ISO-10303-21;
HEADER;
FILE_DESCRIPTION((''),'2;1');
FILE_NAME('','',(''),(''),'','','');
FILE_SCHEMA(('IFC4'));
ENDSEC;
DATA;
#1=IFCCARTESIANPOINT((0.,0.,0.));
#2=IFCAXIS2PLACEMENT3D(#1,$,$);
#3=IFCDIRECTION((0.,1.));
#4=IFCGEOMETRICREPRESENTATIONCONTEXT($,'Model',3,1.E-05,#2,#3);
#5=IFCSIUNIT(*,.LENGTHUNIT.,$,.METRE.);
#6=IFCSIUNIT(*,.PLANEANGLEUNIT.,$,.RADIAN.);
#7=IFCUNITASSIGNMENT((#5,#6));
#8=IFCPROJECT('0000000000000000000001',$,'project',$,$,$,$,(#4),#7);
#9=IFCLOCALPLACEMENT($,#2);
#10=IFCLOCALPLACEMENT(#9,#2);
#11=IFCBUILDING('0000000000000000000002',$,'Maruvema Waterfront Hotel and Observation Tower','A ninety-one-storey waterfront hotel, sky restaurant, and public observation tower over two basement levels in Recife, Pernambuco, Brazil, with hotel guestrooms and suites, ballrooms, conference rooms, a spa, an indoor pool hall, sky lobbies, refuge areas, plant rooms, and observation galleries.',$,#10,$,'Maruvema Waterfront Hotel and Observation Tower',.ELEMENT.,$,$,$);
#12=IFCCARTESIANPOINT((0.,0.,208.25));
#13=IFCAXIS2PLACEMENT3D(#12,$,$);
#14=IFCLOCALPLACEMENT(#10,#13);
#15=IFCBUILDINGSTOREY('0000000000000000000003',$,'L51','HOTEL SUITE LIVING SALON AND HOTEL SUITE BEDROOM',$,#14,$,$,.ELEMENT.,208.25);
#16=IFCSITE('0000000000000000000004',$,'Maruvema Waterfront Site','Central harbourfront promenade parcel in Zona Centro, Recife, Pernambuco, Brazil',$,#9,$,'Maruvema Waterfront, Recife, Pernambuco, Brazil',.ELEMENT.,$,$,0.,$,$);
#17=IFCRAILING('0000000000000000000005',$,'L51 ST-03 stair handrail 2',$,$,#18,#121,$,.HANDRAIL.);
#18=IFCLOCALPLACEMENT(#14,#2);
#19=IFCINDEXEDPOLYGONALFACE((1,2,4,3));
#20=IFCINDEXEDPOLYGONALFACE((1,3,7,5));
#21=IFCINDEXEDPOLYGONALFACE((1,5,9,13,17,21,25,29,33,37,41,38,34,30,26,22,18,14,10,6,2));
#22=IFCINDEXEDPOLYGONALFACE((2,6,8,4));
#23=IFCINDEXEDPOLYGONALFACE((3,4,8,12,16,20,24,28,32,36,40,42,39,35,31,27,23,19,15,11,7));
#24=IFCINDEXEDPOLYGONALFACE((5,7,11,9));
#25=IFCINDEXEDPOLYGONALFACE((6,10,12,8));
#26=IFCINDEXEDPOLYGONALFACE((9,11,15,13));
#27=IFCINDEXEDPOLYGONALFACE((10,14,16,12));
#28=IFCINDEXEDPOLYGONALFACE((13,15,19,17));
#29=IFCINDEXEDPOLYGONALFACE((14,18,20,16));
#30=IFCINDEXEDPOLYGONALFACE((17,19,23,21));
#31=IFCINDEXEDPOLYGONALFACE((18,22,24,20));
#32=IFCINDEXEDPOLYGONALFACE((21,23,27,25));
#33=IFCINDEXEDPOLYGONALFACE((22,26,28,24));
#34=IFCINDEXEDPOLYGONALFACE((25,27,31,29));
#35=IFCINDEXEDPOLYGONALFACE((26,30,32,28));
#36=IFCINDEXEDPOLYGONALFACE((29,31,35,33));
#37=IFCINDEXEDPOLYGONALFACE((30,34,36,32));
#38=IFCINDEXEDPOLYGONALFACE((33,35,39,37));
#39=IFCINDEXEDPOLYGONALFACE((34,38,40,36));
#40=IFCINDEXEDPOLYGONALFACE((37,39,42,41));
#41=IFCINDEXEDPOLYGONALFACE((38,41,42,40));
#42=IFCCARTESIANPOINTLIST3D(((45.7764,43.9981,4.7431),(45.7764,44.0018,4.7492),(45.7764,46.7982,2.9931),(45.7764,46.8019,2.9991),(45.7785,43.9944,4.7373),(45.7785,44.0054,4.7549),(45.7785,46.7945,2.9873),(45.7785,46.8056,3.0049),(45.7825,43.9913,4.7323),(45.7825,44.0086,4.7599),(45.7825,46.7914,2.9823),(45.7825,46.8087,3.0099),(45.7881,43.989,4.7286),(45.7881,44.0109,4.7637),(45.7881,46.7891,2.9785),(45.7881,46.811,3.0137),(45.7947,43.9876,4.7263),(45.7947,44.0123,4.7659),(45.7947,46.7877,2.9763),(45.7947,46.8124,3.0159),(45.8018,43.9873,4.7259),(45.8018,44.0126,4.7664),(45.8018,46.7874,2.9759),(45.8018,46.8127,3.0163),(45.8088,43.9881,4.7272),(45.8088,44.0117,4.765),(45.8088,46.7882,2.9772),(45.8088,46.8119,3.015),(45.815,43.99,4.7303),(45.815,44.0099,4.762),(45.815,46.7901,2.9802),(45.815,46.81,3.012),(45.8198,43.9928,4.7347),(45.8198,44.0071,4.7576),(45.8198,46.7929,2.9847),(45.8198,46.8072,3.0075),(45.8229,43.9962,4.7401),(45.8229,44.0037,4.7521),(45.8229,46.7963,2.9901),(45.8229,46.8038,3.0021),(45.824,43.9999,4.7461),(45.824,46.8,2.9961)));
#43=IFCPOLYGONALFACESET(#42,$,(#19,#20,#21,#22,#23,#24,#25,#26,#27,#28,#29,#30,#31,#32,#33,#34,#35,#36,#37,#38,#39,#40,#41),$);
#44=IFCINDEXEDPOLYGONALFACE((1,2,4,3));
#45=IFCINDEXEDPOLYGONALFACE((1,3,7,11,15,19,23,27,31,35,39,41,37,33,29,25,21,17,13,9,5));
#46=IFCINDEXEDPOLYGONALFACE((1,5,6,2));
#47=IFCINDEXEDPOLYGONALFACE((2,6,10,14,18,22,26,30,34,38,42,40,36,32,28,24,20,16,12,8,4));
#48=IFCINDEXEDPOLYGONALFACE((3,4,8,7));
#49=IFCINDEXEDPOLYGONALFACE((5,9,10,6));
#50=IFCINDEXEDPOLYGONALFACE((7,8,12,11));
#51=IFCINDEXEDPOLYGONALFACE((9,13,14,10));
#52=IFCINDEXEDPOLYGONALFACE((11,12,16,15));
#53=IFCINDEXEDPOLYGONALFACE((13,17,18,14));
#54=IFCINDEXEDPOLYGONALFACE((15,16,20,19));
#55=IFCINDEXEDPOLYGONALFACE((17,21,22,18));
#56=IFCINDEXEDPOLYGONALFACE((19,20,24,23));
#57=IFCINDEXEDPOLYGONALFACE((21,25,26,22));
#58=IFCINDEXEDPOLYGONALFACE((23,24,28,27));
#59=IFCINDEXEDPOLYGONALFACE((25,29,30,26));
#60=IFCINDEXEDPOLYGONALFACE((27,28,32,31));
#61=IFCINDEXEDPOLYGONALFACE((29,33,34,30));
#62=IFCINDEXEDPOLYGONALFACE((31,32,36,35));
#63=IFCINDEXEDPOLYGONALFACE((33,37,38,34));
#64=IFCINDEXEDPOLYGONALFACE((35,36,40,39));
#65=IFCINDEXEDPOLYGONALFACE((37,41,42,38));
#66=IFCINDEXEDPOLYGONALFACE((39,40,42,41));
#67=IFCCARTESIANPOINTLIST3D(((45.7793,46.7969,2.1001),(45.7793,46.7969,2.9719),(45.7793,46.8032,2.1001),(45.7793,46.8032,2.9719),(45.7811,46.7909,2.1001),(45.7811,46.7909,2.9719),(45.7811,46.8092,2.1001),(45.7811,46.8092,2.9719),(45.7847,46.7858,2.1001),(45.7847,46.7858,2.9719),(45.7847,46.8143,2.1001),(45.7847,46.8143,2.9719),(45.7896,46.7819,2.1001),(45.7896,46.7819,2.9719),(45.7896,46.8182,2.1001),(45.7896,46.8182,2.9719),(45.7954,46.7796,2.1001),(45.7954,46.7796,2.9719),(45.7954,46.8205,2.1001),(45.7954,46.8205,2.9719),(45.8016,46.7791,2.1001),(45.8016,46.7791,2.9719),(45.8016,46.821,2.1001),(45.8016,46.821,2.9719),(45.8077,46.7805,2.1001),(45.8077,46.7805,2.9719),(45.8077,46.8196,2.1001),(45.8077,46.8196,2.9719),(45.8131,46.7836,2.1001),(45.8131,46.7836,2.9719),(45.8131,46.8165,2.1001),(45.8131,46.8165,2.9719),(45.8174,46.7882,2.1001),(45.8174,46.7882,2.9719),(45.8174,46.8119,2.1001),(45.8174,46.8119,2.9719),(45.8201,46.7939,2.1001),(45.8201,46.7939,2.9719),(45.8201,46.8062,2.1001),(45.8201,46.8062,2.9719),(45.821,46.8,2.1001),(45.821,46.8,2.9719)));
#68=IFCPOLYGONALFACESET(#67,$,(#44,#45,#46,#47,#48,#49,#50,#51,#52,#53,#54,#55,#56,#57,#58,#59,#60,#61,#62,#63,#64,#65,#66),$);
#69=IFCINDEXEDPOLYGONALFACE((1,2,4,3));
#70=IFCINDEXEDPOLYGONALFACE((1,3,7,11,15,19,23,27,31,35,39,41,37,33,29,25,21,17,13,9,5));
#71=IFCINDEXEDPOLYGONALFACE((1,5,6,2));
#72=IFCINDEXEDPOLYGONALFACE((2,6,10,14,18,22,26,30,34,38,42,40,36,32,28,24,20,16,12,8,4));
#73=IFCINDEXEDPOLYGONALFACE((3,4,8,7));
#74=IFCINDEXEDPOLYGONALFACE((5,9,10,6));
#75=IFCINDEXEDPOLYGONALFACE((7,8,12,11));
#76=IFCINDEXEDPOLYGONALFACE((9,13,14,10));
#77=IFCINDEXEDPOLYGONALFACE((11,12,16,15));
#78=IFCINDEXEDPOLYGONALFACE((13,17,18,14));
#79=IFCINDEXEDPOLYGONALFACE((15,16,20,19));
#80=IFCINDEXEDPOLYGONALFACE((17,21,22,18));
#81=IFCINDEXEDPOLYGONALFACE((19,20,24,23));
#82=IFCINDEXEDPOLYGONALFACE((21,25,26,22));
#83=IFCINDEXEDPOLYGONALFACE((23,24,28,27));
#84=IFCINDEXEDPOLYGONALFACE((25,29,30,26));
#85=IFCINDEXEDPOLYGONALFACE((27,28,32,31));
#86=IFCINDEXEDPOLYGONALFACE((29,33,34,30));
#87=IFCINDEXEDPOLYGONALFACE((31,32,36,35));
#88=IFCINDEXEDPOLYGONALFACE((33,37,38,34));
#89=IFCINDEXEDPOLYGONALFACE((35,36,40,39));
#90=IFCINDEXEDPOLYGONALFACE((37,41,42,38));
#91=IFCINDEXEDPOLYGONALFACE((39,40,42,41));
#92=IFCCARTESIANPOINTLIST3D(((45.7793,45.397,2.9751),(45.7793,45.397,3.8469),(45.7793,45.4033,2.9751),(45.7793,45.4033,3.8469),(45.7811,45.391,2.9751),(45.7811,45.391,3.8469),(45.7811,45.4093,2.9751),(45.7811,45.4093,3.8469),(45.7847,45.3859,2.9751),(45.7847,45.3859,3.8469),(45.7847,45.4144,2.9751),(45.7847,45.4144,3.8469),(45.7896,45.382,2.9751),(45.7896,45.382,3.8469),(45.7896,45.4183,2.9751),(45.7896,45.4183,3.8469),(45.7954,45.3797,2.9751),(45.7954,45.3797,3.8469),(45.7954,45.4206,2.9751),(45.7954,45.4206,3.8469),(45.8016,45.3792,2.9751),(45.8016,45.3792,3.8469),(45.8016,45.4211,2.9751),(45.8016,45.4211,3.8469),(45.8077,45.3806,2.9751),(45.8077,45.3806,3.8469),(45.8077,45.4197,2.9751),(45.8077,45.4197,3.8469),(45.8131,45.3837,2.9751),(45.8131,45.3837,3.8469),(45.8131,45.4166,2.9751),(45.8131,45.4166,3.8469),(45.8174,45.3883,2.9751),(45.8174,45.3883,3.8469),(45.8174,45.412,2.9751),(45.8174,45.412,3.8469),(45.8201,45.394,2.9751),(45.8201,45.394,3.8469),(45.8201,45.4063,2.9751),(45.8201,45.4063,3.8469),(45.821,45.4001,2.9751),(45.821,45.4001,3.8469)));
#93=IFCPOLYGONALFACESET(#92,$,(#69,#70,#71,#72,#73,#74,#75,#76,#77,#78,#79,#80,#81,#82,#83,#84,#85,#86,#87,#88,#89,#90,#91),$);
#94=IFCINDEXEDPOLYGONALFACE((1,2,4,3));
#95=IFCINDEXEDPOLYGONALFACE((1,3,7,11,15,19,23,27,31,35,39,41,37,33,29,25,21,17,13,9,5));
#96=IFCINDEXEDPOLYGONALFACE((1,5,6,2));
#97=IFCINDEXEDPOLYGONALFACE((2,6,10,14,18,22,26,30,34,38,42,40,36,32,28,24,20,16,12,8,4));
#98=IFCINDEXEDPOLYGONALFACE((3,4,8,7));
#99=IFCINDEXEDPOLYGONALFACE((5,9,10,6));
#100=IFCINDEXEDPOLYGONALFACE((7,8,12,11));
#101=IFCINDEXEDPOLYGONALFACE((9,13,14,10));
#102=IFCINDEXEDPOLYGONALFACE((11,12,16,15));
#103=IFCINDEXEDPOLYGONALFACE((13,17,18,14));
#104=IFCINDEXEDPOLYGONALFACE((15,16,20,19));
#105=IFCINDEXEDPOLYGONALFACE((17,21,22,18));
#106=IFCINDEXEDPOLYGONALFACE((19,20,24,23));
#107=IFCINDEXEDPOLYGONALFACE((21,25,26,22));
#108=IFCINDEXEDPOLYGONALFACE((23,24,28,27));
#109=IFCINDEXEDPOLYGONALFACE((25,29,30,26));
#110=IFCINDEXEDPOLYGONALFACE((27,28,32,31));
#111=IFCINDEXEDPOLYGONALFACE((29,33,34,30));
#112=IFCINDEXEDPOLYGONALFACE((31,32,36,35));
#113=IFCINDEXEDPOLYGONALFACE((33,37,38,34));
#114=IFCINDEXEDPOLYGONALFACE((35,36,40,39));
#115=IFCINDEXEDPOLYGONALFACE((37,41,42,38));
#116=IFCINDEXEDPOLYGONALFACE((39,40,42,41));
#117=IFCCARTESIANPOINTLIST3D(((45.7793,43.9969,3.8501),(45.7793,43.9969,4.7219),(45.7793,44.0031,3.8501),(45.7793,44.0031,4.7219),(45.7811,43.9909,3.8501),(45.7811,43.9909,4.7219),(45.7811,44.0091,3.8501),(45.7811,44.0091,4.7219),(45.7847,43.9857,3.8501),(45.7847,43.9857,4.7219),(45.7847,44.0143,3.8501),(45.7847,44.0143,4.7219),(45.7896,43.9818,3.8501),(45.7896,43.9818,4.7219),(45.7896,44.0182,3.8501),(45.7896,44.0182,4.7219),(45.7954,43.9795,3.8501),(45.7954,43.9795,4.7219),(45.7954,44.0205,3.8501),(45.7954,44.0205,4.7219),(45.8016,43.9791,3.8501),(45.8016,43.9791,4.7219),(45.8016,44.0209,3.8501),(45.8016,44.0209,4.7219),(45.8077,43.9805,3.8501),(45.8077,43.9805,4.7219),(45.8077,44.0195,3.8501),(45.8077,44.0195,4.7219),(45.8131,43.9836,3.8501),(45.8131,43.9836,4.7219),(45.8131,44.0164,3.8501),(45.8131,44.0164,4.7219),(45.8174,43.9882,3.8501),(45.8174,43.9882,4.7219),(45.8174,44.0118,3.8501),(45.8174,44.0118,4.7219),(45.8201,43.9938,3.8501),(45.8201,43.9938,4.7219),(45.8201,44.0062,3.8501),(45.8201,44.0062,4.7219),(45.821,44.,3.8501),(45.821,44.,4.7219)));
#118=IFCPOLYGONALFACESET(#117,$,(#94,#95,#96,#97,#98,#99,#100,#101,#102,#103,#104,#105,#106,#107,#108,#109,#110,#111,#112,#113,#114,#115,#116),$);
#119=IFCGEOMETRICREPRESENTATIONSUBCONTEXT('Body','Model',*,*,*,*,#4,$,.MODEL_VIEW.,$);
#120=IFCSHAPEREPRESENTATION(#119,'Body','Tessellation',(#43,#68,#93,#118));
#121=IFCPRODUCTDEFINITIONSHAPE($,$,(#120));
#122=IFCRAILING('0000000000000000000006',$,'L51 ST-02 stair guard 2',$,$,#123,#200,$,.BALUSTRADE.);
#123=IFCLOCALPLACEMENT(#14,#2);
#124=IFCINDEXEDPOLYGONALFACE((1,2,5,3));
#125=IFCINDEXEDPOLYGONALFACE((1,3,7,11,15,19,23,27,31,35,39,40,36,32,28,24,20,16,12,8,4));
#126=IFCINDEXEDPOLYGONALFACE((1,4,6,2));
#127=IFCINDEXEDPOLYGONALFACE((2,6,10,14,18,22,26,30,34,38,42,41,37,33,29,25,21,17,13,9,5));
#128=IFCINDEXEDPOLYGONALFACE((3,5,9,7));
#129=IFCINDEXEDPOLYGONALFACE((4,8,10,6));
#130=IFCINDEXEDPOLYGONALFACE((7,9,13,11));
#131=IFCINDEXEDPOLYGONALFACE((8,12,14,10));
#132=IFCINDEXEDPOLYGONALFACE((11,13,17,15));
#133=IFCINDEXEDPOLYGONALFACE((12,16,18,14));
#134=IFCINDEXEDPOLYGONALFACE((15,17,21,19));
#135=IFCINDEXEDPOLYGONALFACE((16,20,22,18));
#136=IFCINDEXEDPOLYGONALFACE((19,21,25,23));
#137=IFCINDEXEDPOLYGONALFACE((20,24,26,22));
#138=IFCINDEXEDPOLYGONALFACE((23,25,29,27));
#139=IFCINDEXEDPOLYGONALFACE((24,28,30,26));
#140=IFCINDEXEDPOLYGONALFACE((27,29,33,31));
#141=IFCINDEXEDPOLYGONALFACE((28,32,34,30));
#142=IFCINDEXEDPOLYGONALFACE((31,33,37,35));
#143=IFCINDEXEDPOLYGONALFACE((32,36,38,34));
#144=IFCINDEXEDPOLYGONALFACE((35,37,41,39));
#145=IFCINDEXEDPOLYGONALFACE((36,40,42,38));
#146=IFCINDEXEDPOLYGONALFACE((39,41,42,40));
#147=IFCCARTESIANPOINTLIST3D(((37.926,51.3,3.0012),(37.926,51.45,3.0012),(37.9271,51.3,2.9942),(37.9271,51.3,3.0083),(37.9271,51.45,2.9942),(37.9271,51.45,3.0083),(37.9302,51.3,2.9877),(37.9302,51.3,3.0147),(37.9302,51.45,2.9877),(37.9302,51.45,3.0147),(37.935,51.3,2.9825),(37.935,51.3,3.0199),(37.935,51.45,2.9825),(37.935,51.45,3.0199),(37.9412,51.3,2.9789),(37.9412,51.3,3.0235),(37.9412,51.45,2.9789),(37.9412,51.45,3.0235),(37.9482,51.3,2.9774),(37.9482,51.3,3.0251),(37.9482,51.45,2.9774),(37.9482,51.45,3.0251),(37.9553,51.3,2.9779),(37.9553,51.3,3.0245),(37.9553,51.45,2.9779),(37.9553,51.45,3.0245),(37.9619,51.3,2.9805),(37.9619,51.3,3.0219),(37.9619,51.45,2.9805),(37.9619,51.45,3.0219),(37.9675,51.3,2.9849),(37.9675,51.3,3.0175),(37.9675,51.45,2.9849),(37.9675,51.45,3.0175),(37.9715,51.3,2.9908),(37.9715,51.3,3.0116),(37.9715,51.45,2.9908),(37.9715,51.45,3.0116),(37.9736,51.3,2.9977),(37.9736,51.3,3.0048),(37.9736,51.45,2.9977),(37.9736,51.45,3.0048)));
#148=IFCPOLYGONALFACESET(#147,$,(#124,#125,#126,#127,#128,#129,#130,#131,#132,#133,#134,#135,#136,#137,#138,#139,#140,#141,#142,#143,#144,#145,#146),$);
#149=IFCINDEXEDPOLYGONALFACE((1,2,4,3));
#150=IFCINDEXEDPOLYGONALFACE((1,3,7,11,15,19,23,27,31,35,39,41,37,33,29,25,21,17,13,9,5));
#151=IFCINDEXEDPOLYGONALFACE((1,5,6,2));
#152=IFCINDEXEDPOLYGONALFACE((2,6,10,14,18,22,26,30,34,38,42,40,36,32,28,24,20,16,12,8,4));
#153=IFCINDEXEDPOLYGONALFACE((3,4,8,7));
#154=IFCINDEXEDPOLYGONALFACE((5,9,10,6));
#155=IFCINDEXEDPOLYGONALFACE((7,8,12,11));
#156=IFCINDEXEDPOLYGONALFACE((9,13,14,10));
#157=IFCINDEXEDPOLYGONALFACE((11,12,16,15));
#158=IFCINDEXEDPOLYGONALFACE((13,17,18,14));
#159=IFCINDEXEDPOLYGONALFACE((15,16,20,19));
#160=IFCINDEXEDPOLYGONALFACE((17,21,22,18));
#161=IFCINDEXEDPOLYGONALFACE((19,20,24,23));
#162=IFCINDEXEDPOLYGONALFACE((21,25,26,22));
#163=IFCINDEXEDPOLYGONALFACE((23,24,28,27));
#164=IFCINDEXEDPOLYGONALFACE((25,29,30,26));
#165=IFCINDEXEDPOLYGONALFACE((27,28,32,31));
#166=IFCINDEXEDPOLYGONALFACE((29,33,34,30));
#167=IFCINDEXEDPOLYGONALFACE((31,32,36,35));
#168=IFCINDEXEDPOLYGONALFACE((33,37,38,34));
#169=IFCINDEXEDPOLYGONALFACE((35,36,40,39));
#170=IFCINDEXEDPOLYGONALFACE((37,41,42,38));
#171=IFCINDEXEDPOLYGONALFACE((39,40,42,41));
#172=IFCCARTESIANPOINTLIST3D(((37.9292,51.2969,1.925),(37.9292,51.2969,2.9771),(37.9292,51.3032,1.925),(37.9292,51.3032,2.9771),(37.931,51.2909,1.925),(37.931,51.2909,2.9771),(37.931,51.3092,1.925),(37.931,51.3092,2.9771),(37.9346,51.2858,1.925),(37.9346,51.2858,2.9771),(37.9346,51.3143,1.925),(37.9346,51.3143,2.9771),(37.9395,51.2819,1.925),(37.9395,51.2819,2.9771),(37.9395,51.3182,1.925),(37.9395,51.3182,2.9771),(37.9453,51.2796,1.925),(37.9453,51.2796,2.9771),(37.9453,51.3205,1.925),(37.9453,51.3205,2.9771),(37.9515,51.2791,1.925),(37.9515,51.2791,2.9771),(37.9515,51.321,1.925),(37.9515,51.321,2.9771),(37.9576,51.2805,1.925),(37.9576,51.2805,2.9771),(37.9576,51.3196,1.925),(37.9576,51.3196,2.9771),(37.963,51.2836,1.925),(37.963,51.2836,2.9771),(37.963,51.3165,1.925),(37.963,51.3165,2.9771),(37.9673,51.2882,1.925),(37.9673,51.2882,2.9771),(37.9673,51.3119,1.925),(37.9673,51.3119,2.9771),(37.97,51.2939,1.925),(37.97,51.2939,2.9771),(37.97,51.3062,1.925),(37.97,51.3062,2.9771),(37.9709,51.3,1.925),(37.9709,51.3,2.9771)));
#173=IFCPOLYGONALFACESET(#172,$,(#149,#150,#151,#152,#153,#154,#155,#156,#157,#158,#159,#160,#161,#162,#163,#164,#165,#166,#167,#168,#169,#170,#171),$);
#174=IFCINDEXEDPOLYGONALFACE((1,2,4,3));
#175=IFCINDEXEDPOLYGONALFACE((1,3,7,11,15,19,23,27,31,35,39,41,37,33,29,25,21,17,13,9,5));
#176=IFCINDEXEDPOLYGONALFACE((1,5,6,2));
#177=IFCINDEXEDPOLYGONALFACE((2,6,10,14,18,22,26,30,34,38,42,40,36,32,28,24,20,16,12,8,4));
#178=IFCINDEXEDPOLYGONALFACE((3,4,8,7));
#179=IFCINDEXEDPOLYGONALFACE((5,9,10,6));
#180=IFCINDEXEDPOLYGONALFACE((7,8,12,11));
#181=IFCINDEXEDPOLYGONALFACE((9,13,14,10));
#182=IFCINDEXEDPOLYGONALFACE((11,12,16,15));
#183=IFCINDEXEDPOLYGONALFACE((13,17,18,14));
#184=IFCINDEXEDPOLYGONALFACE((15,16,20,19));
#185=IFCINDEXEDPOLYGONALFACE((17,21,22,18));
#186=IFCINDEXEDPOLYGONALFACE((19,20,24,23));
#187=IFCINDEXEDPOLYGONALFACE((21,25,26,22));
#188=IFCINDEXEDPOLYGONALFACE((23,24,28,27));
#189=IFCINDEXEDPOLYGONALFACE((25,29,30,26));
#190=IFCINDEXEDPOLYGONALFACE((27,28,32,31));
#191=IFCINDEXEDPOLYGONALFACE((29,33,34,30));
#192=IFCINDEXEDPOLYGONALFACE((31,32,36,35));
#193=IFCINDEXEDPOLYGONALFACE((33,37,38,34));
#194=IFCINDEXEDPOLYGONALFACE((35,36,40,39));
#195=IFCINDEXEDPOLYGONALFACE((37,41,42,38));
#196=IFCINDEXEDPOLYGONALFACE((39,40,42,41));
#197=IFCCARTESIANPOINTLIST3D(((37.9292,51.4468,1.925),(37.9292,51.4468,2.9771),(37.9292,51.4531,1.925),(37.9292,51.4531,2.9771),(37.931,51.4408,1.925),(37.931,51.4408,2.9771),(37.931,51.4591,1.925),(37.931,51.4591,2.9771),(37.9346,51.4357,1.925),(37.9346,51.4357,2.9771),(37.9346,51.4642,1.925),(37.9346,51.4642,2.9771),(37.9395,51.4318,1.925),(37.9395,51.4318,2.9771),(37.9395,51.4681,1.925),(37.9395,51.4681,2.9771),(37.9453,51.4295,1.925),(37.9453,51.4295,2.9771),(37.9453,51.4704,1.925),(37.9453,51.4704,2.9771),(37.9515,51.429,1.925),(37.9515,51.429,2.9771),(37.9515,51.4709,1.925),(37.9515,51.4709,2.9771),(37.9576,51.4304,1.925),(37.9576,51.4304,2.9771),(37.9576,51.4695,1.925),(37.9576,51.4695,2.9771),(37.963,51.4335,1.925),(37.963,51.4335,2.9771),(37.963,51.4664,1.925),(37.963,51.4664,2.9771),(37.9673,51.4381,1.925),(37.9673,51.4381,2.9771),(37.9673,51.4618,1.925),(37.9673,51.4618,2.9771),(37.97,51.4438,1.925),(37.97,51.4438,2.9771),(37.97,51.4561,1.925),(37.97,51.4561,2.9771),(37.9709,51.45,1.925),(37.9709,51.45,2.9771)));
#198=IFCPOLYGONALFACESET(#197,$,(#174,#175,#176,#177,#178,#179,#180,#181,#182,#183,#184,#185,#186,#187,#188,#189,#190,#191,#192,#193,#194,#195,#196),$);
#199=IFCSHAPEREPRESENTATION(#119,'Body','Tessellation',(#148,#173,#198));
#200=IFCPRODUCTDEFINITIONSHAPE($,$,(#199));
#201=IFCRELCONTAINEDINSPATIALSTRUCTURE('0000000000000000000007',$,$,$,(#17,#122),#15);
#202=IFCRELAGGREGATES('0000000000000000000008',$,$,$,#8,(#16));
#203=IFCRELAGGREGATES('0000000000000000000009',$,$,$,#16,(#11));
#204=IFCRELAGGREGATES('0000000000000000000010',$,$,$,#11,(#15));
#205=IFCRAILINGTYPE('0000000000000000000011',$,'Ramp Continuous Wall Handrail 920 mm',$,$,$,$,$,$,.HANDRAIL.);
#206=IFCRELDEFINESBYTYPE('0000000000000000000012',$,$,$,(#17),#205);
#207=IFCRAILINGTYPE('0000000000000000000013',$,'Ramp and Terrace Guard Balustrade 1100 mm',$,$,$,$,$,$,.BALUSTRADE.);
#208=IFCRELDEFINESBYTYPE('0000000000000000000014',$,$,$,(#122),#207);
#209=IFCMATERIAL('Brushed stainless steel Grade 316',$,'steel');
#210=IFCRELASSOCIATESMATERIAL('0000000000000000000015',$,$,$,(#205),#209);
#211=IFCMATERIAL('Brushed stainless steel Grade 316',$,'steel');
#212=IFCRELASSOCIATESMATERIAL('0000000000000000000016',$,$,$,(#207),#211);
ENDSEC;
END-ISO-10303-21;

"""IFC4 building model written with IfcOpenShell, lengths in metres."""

from ifc_helpers import new_model, si_unit, direction, frame, origin, origin_2d, place, context, subcontext, project, spatial, circle, extrude, material, type_object, element, save


model = new_model("IFC4")

# Units and contexts
model_context = context("Model", 3, precision=1e-05, world=origin(), true_north=direction((0.0, 1.0)))
body_context = subcontext(model_context, "Body", "Model", "MODEL_VIEW")
ifc_project = project(units=[si_unit("LENGTHUNIT", "METRE"), si_unit("PLANEANGLEUNIT", "RADIAN")], contexts=[model_context])

# Site, building, storey
site_placement = place(None, origin())
site = spatial("IfcSite", under=ifc_project, at=site_placement, Name="Maruvema Waterfront Site", Description="Central harbourfront promenade parcel in Zona Centro, Recife, Pernambuco, Brazil", LongName="Maruvema Waterfront, Recife, Pernambuco, Brazil", CompositionType="ELEMENT", RefElevation=0.0)
building_placement = place(site_placement, origin())
building = spatial("IfcBuilding", under=site, at=building_placement, Name="Maruvema Waterfront Hotel and Observation Tower", Description="A ninety-one-storey waterfront hotel, sky restaurant, and public observation tower over two basement levels in Recife, Pernambuco, Brazil, with hotel guestrooms and suites, ballrooms, conference rooms, a spa, an indoor pool hall, sky lobbies, refuge areas, plant rooms, and observation galleries.", LongName="Maruvema Waterfront Hotel and Observation Tower", CompositionType="ELEMENT")
storey_placement = place(building_placement, frame((0.0, 0.0, 208.25)))
storey = spatial("IfcBuildingStorey", under=building, at=storey_placement, Name="L51", Description="HOTEL SUITE LIVING SALON AND HOTEL SUITE BEDROOM", CompositionType="ELEMENT", Elevation=208.25)

# Railings
ifc_material_1 = material(Name="Brushed stainless steel Grade 316", Category="steel")
railing_type_1 = type_object("IfcRailingType", Name="Ramp Continuous Wall Handrail 920 mm", PredefinedType="HANDRAIL", material=ifc_material_1)
railing_1_placement = place(storey_placement, frame((45.8, 46.8, 2.1001)))
element("IfcRailing", 1, at=railing_1_placement, inside=storey, type_object=railing_type_1, Name="L51 ST-03 stair handrail 2", PredefinedType="HANDRAIL", context=body_context, shape_type="SweptSolid", body=[
    extrude(circle(Radius=0.0239, at=origin_2d()), frame((0.0, 0.0, 0.896), z_axis=(0.0, -0.848002, 0.529992), x_axis=(1.0, 0.0, 0.0)), (0.0, 0.0, 1.0), 3.302),
    extrude(circle(Radius=0.021, at=origin_2d()), origin(), (0.0, 0.0, 1.0), 0.8718),
    extrude(circle(Radius=0.021, at=origin_2d()), frame((0.0, -1.3999, 0.875)), (0.0, 0.0, 1.0), 0.8718),
    extrude(circle(Radius=0.021, at=origin_2d()), frame((0.0, -2.8, 1.75)), (0.0, 0.0, 1.0), 0.8718),
])
ifc_material_2 = material(Name="Brushed stainless steel Grade 316", Category="steel")
railing_type_2 = type_object("IfcRailingType", Name="Ramp and Terrace Guard Balustrade 1100 mm", PredefinedType="BALUSTRADE", material=ifc_material_2)
railing_2_placement = place(storey_placement, frame((37.95, 51.3, 1.925)))
element("IfcRailing", 2, at=railing_2_placement, inside=storey, type_object=railing_type_2, Name="L51 ST-02 stair guard 2", PredefinedType="BALUSTRADE", context=body_context, shape_type="SweptSolid", body=[
    extrude(circle(Radius=0.0239, at=origin_2d()), frame((0.0, 0.0, 1.0762), z_axis=(0.0, 1.0, 0.0), x_axis=(-1.0, 0.0, 0.0)), (0.0, 0.0, 1.0), 0.1499),
    extrude(circle(Radius=0.021, at=origin_2d()), origin(), (0.0, 0.0, 1.0), 1.052),
    extrude(circle(Radius=0.021, at=origin_2d()), frame((0.0, 0.1499, 0.0)), (0.0, 0.0, 1.0), 1.052),
])

save(model, "model.ifc")
